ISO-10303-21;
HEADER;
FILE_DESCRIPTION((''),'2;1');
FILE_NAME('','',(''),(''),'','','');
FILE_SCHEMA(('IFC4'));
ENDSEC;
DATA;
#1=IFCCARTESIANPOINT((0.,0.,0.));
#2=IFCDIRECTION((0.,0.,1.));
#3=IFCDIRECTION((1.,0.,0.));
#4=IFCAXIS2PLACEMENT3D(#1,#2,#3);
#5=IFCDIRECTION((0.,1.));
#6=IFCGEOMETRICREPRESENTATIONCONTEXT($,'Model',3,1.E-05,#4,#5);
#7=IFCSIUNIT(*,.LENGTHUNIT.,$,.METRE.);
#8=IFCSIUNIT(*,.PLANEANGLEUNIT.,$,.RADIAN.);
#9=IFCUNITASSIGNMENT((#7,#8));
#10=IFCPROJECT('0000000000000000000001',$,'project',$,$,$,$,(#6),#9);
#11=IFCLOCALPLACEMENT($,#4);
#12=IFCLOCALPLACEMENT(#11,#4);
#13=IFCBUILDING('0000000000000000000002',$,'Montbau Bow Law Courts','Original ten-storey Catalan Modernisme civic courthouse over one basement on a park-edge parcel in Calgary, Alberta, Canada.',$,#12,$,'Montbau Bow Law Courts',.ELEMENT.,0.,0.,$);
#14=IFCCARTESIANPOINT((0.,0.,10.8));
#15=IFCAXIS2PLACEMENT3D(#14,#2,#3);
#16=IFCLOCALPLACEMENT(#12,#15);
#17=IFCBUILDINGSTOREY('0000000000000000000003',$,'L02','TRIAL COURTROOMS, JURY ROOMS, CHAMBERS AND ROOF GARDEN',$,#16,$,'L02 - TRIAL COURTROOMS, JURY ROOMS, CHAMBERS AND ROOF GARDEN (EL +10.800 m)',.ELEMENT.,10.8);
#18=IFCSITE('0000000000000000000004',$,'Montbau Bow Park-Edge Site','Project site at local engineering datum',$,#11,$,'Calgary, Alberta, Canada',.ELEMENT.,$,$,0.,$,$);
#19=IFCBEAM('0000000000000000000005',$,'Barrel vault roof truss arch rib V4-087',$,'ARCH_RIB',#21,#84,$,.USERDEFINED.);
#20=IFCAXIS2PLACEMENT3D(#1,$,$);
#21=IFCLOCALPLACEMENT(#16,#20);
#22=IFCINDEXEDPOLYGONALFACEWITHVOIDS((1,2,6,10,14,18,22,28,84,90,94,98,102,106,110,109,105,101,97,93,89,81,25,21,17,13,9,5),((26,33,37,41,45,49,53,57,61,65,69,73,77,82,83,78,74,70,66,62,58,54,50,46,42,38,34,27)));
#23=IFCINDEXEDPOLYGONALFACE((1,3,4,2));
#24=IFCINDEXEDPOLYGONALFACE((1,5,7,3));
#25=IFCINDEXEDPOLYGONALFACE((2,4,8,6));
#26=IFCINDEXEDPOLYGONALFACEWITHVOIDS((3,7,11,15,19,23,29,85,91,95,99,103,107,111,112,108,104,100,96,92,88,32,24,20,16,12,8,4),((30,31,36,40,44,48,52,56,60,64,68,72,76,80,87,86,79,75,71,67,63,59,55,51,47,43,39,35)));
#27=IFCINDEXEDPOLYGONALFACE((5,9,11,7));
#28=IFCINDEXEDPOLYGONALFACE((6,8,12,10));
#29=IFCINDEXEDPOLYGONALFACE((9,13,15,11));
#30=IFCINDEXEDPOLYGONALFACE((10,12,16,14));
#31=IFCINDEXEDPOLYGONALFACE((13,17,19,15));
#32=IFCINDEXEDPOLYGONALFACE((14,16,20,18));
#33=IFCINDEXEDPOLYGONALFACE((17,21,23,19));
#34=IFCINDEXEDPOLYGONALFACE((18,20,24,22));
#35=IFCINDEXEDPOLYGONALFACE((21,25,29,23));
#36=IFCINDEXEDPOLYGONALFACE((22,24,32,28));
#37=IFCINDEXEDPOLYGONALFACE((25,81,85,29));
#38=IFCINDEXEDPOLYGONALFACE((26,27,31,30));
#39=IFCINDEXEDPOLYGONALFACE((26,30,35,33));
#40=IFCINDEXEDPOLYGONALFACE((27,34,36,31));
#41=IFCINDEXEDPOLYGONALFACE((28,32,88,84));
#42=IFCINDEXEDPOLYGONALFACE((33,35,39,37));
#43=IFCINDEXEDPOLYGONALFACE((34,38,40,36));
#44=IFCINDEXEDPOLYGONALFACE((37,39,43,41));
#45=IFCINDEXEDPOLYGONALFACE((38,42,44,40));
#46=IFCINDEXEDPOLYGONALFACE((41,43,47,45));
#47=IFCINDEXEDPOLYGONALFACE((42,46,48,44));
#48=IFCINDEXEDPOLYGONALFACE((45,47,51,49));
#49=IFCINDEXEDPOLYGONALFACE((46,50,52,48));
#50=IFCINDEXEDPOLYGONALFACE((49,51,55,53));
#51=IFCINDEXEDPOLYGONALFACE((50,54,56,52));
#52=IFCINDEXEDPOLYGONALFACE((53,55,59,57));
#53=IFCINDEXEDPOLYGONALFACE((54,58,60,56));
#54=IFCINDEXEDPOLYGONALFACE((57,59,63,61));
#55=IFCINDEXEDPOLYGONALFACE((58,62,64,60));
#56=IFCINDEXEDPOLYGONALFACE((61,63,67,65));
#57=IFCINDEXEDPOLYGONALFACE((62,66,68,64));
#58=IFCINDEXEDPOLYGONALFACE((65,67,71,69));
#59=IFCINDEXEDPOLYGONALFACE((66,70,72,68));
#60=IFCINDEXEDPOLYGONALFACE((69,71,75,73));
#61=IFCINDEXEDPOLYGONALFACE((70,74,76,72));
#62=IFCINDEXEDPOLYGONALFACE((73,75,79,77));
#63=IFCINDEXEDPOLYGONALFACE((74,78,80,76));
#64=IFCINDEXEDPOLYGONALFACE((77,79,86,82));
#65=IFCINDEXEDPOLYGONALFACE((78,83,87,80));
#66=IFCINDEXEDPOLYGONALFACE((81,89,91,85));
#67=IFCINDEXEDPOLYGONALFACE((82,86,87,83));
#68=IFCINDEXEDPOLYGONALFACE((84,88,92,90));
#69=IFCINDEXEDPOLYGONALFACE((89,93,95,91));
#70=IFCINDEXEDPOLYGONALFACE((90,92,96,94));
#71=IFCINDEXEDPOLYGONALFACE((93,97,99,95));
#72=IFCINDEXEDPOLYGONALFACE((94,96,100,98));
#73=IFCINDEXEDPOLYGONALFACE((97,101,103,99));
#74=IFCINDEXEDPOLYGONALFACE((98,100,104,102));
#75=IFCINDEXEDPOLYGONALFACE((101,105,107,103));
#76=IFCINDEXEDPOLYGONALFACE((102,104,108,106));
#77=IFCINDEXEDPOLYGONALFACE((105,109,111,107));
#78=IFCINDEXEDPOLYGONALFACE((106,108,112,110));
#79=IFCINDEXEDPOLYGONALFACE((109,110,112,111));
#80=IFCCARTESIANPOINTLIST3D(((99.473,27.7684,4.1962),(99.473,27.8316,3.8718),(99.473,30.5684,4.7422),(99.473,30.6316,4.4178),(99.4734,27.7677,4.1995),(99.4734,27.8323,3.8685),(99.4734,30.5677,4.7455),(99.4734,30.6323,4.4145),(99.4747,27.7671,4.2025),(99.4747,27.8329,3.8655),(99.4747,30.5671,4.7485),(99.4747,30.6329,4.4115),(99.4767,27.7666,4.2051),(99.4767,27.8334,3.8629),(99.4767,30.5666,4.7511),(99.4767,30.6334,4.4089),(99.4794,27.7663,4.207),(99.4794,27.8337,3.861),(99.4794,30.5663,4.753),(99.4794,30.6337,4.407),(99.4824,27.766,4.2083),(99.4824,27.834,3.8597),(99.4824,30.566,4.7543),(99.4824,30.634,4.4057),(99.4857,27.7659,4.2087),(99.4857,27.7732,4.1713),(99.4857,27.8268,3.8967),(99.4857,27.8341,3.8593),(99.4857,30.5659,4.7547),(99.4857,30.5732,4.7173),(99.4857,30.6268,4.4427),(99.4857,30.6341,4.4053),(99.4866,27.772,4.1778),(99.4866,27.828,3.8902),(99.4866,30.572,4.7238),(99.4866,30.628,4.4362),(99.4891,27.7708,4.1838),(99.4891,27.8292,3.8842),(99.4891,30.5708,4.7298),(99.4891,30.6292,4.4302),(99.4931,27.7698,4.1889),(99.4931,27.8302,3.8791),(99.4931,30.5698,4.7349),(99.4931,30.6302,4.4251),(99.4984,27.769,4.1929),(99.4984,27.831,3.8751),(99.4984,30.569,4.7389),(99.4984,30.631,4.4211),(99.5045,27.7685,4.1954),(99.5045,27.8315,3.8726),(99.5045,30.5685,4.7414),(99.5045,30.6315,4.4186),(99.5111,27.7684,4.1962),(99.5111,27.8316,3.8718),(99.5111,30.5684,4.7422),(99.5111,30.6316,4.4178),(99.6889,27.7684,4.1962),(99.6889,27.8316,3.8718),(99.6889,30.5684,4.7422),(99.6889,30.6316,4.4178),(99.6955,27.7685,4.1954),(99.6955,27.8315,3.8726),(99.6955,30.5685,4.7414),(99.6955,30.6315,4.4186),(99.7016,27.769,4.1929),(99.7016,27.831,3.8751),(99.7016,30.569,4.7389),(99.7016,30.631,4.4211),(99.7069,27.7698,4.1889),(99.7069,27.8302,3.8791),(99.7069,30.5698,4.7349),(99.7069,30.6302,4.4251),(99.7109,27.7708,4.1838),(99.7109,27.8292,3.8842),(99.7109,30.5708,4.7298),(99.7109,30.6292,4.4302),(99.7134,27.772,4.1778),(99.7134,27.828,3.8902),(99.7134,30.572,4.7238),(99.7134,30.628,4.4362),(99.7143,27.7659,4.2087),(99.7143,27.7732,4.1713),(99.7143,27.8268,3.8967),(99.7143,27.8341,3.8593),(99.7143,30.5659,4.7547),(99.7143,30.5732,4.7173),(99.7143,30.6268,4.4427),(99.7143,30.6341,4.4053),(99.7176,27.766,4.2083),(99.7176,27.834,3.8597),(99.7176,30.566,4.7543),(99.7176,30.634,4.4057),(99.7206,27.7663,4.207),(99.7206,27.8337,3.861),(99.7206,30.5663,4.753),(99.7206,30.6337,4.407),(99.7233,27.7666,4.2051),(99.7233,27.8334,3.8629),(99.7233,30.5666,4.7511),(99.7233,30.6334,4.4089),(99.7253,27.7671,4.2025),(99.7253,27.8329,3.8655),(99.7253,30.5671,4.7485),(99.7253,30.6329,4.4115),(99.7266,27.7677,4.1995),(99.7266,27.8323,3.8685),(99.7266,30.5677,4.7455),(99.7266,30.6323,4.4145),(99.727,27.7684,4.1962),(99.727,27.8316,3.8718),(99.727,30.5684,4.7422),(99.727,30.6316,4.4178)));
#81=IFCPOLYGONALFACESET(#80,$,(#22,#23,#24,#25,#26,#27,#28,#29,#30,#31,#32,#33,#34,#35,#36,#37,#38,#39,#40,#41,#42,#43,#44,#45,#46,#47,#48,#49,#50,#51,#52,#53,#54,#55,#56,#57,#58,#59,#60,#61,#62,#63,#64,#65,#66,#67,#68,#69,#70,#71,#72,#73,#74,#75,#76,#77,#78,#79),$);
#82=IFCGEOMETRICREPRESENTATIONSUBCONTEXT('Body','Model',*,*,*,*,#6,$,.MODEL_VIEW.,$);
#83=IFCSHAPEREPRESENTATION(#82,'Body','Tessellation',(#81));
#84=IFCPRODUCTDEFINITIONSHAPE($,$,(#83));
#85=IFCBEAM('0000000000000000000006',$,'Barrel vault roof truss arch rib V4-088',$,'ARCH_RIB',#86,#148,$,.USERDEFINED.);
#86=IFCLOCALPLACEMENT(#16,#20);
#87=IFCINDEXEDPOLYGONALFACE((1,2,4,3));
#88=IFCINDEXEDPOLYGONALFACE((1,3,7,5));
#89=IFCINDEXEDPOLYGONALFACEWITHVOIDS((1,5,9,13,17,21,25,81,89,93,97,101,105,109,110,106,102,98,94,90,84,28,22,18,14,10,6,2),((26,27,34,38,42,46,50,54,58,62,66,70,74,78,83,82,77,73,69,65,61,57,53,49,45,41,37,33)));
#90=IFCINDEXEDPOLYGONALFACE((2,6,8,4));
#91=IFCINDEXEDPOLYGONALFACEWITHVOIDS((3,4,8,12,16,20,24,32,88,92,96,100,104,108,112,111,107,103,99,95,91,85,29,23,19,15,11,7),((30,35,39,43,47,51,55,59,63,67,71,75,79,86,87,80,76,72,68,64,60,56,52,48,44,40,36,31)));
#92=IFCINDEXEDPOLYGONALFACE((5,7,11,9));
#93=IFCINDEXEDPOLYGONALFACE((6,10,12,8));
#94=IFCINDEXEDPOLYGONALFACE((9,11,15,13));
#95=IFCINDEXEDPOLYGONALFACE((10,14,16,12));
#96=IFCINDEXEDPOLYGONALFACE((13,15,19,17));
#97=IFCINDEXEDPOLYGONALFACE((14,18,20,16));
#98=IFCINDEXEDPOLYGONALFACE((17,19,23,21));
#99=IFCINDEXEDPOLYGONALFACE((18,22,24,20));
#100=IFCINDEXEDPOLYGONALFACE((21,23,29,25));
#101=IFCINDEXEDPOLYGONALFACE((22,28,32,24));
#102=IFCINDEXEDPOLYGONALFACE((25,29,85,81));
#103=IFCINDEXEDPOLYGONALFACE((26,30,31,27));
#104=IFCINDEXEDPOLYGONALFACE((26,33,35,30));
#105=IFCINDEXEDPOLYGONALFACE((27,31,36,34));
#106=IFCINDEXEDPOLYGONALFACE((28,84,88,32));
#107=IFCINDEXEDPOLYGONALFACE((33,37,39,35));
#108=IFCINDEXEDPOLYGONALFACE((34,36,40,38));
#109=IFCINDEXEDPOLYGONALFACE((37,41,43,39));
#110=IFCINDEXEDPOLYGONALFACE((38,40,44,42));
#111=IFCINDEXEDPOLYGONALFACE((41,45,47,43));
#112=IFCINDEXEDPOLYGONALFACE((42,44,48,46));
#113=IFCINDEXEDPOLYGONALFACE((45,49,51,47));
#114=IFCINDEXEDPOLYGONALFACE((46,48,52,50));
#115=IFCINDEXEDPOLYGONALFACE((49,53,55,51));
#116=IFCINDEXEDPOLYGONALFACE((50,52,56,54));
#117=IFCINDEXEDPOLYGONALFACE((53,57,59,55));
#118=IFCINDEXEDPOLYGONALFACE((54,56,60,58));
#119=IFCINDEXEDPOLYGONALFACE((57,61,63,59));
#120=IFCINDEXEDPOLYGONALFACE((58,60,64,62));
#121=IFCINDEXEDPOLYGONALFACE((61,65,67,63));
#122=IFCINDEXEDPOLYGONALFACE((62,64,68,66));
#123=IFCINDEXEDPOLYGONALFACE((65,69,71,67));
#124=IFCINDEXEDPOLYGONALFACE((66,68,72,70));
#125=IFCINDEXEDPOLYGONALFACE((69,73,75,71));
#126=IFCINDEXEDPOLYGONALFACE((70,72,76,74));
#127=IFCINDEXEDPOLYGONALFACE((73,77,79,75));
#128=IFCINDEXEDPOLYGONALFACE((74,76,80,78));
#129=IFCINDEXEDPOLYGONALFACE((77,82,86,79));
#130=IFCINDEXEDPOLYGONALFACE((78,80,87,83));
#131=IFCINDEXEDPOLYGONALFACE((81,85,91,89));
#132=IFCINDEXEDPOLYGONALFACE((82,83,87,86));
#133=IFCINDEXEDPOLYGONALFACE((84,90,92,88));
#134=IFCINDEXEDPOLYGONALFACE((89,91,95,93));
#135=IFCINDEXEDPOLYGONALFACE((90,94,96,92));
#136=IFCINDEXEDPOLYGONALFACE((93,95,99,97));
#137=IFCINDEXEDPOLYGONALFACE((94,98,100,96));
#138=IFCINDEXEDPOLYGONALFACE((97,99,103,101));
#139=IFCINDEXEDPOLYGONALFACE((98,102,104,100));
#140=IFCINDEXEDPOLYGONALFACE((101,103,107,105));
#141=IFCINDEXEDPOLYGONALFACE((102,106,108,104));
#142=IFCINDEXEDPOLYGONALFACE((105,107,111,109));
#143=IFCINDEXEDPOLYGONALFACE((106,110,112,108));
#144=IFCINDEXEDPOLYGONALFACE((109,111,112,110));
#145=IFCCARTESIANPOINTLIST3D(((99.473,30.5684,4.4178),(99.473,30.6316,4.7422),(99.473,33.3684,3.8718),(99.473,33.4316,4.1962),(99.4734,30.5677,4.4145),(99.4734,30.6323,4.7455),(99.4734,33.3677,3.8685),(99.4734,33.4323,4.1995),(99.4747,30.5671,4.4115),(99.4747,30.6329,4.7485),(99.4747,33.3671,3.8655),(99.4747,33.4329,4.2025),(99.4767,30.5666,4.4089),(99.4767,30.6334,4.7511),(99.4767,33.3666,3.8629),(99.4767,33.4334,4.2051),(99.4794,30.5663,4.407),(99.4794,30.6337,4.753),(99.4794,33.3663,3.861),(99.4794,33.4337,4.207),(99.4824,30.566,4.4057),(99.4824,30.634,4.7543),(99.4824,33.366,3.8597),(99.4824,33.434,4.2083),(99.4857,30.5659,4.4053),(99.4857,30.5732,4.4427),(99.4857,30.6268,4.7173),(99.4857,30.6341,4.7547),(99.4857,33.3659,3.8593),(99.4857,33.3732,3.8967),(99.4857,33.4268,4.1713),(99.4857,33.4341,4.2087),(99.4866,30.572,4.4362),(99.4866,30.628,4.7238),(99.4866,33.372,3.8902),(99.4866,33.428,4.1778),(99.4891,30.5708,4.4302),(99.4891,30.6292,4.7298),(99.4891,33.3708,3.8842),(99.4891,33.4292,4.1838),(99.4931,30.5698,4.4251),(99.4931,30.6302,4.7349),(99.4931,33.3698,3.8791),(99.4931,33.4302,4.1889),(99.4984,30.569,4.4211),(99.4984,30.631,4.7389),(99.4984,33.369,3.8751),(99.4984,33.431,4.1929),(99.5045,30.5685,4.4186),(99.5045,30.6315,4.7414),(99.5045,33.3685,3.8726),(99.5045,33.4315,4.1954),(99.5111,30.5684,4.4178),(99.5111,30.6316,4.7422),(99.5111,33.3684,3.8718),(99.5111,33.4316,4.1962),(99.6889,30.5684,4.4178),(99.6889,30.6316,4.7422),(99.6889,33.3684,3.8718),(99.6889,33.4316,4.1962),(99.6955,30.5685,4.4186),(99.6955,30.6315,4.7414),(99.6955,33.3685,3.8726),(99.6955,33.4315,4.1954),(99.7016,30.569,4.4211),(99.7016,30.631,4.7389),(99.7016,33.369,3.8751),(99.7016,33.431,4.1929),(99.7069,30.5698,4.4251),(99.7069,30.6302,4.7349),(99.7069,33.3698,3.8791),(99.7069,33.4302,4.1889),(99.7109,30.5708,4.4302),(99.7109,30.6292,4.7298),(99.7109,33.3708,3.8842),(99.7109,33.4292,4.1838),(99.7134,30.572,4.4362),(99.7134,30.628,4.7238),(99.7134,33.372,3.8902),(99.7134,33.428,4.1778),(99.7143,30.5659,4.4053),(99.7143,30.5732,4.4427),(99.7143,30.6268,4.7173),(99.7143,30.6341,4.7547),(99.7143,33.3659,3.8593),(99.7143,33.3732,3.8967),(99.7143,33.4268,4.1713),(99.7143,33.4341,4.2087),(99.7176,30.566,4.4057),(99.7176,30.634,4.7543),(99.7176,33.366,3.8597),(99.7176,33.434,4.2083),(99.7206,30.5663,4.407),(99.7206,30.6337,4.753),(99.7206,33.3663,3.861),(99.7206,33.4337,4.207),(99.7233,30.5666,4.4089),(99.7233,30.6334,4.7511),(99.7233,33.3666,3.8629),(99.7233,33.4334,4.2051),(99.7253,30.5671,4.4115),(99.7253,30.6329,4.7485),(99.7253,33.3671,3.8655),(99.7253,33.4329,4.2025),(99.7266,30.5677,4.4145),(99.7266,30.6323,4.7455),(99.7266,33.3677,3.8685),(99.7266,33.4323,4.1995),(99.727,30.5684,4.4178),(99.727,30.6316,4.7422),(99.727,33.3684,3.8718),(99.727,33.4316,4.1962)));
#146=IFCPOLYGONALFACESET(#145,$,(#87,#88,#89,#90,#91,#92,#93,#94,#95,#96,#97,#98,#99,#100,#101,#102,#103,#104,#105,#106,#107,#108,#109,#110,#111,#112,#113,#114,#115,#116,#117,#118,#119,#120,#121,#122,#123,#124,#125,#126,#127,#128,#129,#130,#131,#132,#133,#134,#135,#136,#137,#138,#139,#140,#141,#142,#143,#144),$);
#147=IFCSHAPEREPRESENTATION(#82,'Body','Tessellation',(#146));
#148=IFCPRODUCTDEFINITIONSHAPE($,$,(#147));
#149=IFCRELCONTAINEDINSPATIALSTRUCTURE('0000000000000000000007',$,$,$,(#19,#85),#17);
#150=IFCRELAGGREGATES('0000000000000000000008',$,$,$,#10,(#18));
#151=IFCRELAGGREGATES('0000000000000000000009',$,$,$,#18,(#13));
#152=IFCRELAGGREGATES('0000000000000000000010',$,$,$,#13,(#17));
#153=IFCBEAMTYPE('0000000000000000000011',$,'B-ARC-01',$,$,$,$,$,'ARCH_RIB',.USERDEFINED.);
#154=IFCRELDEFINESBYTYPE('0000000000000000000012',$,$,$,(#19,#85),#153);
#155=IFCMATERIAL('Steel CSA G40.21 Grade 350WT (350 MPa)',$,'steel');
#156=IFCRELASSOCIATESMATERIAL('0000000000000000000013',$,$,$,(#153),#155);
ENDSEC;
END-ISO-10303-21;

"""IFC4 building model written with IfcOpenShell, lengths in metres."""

from ifc_helpers import new_model, si_unit, direction, frame, origin_with_axes, origin_2d_with_axis, place, context, subcontext, project, spatial, hollow_rectangle, extrude, material, material_profile, profile_set, type_object, element, save


model = new_model("IFC4")

# Units and contexts
model_context = context("Model", 3, precision=1e-05, world=origin_with_axes(), true_north=direction((0.0, 1.0)))
body_context = subcontext(model_context, "Body", "Model", "MODEL_VIEW")
ifc_project = project(units=[si_unit("LENGTHUNIT", "METRE"), si_unit("PLANEANGLEUNIT", "RADIAN")], contexts=[model_context])

# Site, building, storey
site_placement = place(None, origin_with_axes())
site = spatial("IfcSite", under=ifc_project, at=site_placement, Name="Montbau Bow Park-Edge Site", Description="Project site at local engineering datum", LongName="Calgary, Alberta, Canada", CompositionType="ELEMENT", RefElevation=0.0)
building_placement = place(site_placement, origin_with_axes())
building = spatial("IfcBuilding", under=site, at=building_placement, Name="Montbau Bow Law Courts", Description="Original ten-storey Catalan Modernisme civic courthouse over one basement on a park-edge parcel in Calgary, Alberta, Canada.", LongName="Montbau Bow Law Courts", CompositionType="ELEMENT", ElevationOfRefHeight=0.0, ElevationOfTerrain=0.0)
storey_placement = place(building_placement, frame((0.0, 0.0, 10.8), z_axis=(0.0, 0.0, 1.0), x_axis=(1.0, 0.0, 0.0)))
storey = spatial("IfcBuildingStorey", under=building, at=storey_placement, Name="L02", Description="TRIAL COURTROOMS, JURY ROOMS, CHAMBERS AND ROOF GARDEN", LongName="L02 - TRIAL COURTROOMS, JURY ROOMS, CHAMBERS AND ROOF GARDEN (EL +10.800 m)", CompositionType="ELEMENT", Elevation=10.8)

# Beams
ifc_material_1 = material(Name="Steel CSA G40.21 Grade 350WT (350 MPa)", Category="steel")
ifc_material_profile_1 = material_profile(ifc_material_1, hollow_rectangle(XDim=0.254, YDim=0.356, WallThickness=0.0127, InnerFilletRadius=0.0254, OuterFilletRadius=0.0127, at=origin_2d_with_axis()), Name="HSS356X254X13", Category="Main", Priority=0)
ifc_profile_set_1 = profile_set([ifc_material_profile_1], Name="Steel CSA G40.21 Grade 350WT (350 MPa)")
beam_type_1 = type_object("IfcBeamType", Name="B-ARC-01", ElementType="ARCH_RIB", PredefinedType="USERDEFINED", material=ifc_profile_set_1)
for number, where, z_axis, x_axis, name in (
    (1, (99.6, 27.8, 14.834), (0.0, 0.981513, 0.191395), (-1.0, 0.0, 0.0), "Barrel vault roof truss arch rib V4-087"),
    (2, (99.6, 30.6, 15.38), (0.0, 0.981513, -0.191395), (-1.0, 0.0, 0.0), "Barrel vault roof truss arch rib V4-088"),
):
    element("IfcBeam", number, at=place(None, frame(where, z_axis=z_axis, x_axis=x_axis)), inside=storey, type_object=beam_type_1, Name=name, ObjectType="ARCH_RIB", PredefinedType="USERDEFINED", context=body_context, shape_type="SweptSolid", body=[
        extrude(hollow_rectangle(XDim=0.254, YDim=0.356, WallThickness=0.0127, InnerFilletRadius=0.0254, OuterFilletRadius=0.0127, at=origin_2d_with_axis()), origin_with_axes(), (0.0, 0.0, 1.0), 2.8527),
    ])

save(model, "model.ifc")
